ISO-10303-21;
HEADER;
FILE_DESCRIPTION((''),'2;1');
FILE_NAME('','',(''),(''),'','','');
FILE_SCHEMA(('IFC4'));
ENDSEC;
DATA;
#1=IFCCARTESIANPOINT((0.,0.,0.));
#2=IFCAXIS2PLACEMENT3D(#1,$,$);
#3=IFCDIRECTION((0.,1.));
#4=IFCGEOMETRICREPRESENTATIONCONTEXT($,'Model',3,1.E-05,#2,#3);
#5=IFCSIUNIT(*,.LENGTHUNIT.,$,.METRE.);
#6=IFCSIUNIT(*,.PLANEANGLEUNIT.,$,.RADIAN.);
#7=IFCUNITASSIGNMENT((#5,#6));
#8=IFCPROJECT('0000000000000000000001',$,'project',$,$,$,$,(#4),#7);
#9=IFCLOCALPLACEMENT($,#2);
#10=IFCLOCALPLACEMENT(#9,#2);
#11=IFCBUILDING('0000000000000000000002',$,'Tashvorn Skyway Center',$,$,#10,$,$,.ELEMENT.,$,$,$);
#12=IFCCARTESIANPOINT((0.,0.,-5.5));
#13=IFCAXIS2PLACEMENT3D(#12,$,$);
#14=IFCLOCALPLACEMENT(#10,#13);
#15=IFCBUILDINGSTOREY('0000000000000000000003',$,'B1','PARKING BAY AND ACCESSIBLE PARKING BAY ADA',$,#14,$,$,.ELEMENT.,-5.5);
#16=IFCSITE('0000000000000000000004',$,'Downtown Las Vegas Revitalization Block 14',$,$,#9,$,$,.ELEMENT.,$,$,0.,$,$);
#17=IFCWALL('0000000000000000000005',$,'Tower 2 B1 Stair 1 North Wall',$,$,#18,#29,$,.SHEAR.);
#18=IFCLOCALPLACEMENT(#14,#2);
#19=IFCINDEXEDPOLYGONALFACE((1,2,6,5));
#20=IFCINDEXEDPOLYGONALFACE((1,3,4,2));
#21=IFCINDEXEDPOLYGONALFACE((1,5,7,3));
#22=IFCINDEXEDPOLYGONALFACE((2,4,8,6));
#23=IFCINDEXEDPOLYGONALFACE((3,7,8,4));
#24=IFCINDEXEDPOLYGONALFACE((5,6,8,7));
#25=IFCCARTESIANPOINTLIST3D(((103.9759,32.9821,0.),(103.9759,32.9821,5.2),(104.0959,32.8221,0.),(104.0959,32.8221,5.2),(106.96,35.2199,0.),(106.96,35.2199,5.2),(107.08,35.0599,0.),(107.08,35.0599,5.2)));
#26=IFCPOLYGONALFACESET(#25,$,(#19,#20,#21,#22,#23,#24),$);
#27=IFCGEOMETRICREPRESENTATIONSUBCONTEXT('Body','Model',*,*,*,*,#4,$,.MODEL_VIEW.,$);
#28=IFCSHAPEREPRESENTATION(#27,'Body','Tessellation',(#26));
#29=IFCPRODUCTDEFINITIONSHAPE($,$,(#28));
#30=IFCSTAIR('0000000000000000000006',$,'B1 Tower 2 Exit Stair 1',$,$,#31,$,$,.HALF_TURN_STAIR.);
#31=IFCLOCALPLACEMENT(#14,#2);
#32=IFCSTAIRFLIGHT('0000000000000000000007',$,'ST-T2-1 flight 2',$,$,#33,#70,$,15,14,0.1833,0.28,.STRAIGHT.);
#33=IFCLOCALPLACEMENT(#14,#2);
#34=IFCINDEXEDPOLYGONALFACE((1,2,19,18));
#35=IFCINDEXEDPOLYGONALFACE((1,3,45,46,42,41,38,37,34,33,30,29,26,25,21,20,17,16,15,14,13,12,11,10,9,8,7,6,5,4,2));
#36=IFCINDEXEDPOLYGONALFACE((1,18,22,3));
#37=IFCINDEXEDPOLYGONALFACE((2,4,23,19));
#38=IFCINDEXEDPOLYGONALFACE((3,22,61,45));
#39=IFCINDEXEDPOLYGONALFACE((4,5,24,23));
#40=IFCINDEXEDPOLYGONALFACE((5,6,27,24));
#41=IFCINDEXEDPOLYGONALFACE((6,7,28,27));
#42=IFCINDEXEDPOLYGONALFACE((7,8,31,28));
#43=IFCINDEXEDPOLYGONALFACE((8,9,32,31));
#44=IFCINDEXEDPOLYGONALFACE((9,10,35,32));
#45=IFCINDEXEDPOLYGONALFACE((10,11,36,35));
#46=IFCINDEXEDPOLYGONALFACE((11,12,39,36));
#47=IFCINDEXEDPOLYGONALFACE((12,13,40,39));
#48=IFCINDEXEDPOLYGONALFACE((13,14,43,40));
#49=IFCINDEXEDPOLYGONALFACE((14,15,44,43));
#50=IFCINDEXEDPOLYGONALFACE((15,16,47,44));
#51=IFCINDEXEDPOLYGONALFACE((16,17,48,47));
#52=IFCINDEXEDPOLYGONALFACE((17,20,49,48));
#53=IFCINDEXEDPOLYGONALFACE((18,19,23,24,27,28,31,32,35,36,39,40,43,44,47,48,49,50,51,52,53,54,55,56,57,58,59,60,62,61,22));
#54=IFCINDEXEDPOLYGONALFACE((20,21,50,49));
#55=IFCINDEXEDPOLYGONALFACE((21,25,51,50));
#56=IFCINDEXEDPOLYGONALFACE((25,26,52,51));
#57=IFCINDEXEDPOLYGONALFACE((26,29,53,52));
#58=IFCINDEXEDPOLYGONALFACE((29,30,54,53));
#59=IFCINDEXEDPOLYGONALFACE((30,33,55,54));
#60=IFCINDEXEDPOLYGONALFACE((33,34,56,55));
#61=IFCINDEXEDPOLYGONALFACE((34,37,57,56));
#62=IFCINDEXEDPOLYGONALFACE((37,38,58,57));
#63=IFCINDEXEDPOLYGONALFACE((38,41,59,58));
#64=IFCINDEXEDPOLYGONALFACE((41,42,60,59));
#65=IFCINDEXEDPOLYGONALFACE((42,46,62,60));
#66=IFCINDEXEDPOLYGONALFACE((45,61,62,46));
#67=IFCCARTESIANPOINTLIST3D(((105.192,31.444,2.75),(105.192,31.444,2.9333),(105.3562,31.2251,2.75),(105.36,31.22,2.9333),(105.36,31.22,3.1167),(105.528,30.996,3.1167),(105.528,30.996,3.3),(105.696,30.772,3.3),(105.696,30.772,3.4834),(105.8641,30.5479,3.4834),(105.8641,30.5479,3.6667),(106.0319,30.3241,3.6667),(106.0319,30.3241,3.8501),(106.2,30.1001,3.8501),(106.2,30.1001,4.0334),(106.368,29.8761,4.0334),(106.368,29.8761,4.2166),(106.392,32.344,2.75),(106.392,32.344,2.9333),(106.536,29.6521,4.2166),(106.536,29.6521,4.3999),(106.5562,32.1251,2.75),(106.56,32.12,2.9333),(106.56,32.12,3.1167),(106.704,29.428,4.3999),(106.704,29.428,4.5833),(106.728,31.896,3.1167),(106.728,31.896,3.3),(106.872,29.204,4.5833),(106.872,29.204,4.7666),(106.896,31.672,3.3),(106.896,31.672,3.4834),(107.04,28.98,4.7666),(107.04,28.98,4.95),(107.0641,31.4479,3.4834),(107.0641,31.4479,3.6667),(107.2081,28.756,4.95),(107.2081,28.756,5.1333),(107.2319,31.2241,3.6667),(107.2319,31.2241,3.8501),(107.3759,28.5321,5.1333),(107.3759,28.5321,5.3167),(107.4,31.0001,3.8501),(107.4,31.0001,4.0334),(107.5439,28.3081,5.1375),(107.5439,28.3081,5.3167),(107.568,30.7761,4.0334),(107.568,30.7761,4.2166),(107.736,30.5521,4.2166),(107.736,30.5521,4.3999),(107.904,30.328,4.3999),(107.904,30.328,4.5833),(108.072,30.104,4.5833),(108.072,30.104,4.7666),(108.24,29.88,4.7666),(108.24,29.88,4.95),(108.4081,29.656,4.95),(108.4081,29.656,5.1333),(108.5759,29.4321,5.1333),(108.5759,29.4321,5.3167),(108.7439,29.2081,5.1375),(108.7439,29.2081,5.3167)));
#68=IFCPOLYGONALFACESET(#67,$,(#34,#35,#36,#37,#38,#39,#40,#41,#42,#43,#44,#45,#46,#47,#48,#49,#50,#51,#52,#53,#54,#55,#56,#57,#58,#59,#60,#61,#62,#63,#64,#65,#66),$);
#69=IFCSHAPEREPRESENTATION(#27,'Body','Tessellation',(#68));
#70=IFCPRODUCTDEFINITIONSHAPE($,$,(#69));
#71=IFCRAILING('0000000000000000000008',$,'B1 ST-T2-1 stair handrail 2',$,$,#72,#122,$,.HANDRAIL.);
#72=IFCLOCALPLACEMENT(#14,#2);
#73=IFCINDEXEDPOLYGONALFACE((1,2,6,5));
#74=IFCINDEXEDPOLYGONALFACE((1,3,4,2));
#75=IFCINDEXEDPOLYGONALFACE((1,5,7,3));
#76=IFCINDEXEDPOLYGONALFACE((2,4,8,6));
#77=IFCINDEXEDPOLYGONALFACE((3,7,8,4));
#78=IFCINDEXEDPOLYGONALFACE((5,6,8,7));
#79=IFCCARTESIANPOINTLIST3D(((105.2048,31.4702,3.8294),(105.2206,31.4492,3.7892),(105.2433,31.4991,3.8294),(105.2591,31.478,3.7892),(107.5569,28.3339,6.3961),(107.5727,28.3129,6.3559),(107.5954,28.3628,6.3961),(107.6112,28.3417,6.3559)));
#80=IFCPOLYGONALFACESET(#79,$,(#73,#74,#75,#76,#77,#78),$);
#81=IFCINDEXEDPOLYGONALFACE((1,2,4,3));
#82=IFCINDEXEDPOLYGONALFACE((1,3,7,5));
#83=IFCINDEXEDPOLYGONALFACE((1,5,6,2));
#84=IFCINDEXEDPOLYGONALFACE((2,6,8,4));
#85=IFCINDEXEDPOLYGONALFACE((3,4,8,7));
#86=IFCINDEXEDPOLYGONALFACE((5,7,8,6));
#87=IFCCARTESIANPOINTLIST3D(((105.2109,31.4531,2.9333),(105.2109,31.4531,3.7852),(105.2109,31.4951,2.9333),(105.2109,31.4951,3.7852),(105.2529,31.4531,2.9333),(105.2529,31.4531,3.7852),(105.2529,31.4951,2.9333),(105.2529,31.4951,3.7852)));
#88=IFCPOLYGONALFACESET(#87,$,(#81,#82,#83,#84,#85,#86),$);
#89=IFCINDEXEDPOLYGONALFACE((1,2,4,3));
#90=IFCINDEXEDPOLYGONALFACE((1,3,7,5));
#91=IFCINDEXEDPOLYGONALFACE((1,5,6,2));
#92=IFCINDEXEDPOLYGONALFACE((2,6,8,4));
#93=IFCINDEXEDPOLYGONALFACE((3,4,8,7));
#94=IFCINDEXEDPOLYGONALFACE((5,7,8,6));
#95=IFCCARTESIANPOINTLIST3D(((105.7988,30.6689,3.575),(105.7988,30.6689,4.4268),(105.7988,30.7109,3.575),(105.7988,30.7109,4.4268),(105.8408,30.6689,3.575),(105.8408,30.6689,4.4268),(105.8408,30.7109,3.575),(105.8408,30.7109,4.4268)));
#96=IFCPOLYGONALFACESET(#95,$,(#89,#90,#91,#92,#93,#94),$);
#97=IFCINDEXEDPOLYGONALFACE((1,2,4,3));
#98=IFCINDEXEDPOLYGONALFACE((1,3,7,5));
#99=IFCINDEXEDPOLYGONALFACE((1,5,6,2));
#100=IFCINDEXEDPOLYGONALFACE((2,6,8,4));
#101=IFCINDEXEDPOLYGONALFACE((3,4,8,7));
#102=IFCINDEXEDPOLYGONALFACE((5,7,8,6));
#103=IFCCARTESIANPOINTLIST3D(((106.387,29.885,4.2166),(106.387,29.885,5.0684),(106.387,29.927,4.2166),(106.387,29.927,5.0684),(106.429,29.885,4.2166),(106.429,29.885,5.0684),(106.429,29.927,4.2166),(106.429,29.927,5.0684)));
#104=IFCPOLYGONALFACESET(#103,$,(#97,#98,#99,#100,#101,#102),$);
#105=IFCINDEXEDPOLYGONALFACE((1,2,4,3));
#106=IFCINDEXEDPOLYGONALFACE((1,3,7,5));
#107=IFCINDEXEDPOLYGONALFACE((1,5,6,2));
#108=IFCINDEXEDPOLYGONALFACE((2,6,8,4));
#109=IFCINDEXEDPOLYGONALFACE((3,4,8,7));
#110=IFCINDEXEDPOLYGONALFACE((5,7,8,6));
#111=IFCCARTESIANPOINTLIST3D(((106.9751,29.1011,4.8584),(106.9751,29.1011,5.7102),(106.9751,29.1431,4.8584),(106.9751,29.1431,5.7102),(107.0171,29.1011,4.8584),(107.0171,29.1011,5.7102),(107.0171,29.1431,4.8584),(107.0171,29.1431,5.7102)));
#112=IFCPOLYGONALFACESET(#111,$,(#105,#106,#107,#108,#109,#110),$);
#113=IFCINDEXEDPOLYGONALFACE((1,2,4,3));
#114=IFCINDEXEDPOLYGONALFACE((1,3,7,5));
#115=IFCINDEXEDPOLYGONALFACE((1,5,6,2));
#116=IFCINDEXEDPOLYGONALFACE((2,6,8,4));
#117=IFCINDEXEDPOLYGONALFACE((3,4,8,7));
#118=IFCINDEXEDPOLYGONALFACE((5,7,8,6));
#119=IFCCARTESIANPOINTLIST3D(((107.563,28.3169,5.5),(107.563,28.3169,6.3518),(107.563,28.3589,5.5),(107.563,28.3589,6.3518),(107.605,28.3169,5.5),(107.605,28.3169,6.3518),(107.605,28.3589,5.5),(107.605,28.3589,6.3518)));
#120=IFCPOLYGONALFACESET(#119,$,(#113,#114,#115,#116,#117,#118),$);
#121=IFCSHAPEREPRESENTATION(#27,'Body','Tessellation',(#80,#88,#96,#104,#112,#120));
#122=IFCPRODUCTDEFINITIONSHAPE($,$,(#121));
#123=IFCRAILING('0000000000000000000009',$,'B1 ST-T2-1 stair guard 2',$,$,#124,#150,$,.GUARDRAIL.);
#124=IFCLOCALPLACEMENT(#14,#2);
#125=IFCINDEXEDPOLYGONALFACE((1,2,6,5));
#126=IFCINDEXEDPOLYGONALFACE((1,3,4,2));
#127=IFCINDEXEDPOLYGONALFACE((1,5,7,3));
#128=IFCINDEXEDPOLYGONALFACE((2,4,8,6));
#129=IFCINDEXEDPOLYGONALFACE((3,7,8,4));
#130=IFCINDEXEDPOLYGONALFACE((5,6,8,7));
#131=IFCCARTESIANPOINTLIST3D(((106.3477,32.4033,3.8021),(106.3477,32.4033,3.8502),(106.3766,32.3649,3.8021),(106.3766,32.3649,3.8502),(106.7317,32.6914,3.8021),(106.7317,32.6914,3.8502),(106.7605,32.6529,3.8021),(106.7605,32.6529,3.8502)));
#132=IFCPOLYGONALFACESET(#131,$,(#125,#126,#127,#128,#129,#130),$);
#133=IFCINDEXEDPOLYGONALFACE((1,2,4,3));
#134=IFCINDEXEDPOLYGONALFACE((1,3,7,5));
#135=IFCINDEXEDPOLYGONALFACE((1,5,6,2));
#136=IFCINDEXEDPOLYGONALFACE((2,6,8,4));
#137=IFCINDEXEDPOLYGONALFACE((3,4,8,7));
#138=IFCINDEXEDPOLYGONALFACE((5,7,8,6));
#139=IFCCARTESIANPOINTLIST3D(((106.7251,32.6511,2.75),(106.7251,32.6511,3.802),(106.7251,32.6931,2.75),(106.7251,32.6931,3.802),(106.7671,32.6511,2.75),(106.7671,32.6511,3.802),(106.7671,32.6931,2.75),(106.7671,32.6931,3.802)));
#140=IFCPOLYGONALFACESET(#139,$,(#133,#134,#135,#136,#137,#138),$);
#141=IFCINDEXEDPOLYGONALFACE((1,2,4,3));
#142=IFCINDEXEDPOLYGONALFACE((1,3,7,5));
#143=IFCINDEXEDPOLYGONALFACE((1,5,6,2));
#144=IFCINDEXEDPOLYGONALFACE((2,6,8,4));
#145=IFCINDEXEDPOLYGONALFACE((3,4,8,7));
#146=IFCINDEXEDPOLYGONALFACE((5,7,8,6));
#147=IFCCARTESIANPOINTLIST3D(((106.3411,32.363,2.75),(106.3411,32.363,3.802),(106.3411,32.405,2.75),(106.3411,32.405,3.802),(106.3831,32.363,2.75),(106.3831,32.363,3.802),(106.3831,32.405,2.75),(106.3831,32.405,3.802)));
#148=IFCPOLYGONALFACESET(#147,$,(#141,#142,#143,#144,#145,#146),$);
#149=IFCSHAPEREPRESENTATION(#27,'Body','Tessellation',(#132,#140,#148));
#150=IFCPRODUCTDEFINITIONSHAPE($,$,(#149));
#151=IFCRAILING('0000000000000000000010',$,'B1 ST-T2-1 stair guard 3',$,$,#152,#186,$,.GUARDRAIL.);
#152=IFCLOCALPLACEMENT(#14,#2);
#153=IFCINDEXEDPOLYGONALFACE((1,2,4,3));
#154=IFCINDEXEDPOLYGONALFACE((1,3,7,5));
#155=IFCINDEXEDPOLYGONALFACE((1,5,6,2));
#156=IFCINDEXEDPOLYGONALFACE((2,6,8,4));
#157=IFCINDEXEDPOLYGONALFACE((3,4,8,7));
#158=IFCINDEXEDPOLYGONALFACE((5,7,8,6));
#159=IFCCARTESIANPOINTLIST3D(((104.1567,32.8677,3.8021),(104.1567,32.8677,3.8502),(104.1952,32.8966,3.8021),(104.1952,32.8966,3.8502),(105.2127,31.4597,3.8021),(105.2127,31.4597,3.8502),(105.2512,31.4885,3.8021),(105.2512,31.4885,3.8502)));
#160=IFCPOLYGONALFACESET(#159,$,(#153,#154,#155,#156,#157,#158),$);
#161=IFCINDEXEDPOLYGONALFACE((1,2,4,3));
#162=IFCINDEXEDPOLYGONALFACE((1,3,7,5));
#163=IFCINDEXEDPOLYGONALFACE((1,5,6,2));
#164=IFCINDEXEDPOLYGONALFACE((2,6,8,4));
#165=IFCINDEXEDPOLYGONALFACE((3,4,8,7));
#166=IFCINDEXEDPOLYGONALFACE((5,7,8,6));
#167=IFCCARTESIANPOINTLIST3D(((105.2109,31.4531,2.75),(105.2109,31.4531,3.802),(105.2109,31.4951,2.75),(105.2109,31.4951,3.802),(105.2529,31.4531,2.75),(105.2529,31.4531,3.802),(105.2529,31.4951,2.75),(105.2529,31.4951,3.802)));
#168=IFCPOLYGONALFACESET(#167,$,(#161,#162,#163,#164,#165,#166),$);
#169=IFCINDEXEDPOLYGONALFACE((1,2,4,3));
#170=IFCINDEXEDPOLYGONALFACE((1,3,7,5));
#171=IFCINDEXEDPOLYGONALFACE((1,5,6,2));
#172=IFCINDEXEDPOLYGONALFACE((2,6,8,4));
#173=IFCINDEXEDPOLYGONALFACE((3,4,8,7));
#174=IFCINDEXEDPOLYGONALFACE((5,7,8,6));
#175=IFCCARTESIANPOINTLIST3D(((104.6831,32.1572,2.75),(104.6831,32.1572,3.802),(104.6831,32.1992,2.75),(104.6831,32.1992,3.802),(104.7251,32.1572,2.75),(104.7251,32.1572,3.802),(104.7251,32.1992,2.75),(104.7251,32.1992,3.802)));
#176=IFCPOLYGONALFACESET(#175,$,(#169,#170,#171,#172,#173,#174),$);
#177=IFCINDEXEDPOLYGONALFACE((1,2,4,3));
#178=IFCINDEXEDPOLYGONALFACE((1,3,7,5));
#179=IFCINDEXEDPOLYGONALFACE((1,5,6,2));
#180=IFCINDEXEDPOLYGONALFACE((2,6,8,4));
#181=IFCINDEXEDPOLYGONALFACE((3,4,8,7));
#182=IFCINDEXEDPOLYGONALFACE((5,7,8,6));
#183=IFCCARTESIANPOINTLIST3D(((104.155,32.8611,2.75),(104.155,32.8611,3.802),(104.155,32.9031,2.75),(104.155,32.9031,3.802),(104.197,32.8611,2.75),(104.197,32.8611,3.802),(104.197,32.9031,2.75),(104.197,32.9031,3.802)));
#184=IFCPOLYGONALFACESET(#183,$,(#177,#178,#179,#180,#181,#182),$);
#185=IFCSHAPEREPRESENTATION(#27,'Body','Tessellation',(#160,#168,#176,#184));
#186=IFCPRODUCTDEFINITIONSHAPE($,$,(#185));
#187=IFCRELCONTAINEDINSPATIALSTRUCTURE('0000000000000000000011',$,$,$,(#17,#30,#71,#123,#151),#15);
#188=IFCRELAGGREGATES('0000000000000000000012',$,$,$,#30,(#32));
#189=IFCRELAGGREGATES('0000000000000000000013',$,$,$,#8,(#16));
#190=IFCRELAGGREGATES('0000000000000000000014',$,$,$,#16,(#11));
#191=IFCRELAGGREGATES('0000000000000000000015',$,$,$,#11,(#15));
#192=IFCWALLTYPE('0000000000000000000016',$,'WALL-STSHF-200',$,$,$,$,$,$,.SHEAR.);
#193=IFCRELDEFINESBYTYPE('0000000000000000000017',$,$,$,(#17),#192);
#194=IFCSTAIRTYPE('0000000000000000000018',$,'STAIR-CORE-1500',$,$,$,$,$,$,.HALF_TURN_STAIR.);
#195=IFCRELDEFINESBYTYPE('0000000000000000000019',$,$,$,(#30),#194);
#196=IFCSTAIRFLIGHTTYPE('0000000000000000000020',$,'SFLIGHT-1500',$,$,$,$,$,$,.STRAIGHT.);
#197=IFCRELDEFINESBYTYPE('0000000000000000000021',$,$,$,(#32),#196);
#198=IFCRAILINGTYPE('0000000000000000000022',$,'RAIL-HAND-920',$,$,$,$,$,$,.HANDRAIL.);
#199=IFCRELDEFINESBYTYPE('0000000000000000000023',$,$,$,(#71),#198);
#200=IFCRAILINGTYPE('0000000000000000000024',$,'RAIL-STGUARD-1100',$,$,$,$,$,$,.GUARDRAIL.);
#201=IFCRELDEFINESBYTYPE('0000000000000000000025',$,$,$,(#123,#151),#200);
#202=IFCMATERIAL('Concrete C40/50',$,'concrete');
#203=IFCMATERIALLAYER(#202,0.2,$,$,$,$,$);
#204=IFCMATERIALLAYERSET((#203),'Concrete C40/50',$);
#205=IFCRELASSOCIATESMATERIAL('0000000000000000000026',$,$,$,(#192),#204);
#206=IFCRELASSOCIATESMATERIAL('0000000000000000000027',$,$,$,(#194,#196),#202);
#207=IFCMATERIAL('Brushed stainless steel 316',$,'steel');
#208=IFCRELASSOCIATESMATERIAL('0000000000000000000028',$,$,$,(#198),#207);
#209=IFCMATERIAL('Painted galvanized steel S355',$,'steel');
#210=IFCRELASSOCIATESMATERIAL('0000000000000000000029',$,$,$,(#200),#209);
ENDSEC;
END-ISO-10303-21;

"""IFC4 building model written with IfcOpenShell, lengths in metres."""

from ifc_helpers import new_model, si_unit, direction, frame, frame_2d, origin, origin_2d, place, context, subcontext, project, spatial, polyline, rectangle, outline, extrude, material, layer, layer_set, type_object, element, aggregate, save


model = new_model("IFC4")

# Units and contexts
model_context = context("Model", 3, precision=1e-05, world=origin(), true_north=direction((0.0, 1.0)))
body_context = subcontext(model_context, "Body", "Model", "MODEL_VIEW")
ifc_project = project(units=[si_unit("LENGTHUNIT", "METRE"), si_unit("PLANEANGLEUNIT", "RADIAN")], contexts=[model_context])

# Site, building, storey
site_placement = place(None, origin())
site = spatial("IfcSite", under=ifc_project, at=site_placement, Name="Downtown Las Vegas Revitalization Block 14", CompositionType="ELEMENT", RefElevation=0.0)
building_placement = place(site_placement, origin())
building = spatial("IfcBuilding", under=site, at=building_placement, Name="Tashvorn Skyway Center", CompositionType="ELEMENT")
storey_placement = place(building_placement, frame((0.0, 0.0, -5.5)))
storey = spatial("IfcBuildingStorey", under=building, at=storey_placement, Name="B1", Description="PARKING BAY AND ACCESSIBLE PARKING BAY ADA", CompositionType="ELEMENT", Elevation=-5.5)

# Wall
ifc_material_1 = material(Name="Concrete C40/50", Category="concrete")
ifc_layer_1 = layer(ifc_material_1, 0.2)
ifc_layer_set_1 = layer_set([ifc_layer_1], Name="Concrete C40/50")
wall_type_1 = type_object("IfcWallType", Name="WALL-STSHF-200", PredefinedType="SHEAR", material=ifc_layer_set_1)
wall_1_placement = place(storey_placement, frame((104.0359, 32.9021, 0.0), z_axis=(0.0, 0.0, 1.0), x_axis=(0.800039, 0.599948, 0.0)))
element("IfcWall", 1, at=wall_1_placement, inside=storey, type_object=wall_type_1, Name="Tower 2 B1 Stair 1 North Wall", PredefinedType="SHEAR", context=body_context, shape_type="SweptSolid", body=[
    extrude(rectangle(XDim=3.73, YDim=0.2, at=frame_2d((1.865, 0.0))), origin(), (0.0, 0.0, 1.0), 5.2),
])

# Stair, stair flight
stair_type = type_object("IfcStairType", Name="STAIR-CORE-1500", PredefinedType="HALF_TURN_STAIR", material=ifc_material_1)
stair_placement = place(storey_placement, origin())
stair = element("IfcStair", 2, at=stair_placement, inside=storey, type_object=stair_type, Name="B1 Tower 2 Exit Stair 1", PredefinedType="HALF_TURN_STAIR")
stair_flight_type = type_object("IfcStairFlightType", Name="SFLIGHT-1500", PredefinedType="STRAIGHT", material=ifc_material_1)
stair_flight_placement = place(storey_placement, frame((105.792, 31.894, 2.75), z_axis=(0.0, 0.0, 1.0), x_axis=(0.6, -0.8, 0.0)))
stair_flight = element("IfcStairFlight", 3, at=stair_flight_placement, type_object=stair_flight_type, Name="ST-T2-1 flight 2", NumberOfRisers=15, NumberOfTreads=14, PredefinedType="STRAIGHT", RiserHeight=0.1833, TreadLength=0.28, context=body_context, shape_type="SweptSolid", body=[
    extrude(outline(polyline([(0.0, 0.0), (0.0, 0.1833), (0.28, 0.1833), (0.28, 0.3667), (0.5601, 0.3667), (0.5601, 0.55), (0.8401, 0.55), (0.8401, 0.7334), (1.1201, 0.7334), (1.1201, 0.9167), (1.3999, 0.9167), (1.3999, 1.1001), (1.6799, 1.1001), (1.6799, 1.2834), (1.96, 1.2834), (1.96, 1.4666), (2.24, 1.4666), (2.24, 1.6499), (2.52, 1.6499), (2.52, 1.8333), (2.8, 1.8333), (2.8, 2.0166), (3.0801, 2.0166), (3.0801, 2.2), (3.3601, 2.2), (3.3601, 2.3833), (3.6399, 2.3833), (3.6399, 2.5667), (3.9199, 2.5667), (3.9199, 2.75), (3.9199, 2.3875), (0.2737, 0.0), (0.0, 0.0)])), frame((0.0, 0.75, 0.0), z_axis=(0.0, -1.0, 0.0), x_axis=(1.0, 0.0, 0.0)), (0.0, 0.0, 1.0), 1.5),
])
aggregate(stair, [stair_flight])

# Railings
ifc_material_2 = material(Name="Brushed stainless steel 316", Category="steel")
railing_type_1 = type_object("IfcRailingType", Name="RAIL-HAND-920", PredefinedType="HANDRAIL", material=ifc_material_2)
railing_1_placement = place(storey_placement, frame((105.2319, 31.4741, 2.9333)))
element("IfcRailing", 4, at=railing_1_placement, inside=storey, type_object=railing_type_1, Name="B1 ST-T2-1 stair handrail 2", PredefinedType="HANDRAIL", context=body_context, shape_type="SweptSolid", body=[
    extrude(rectangle(XDim=0.0481, YDim=0.0481, at=origin_2d()), frame((0.0, 0.0, 0.876), z_axis=(0.501964, -0.66932, 0.547762), x_axis=(0.800015, 0.59998, 0.0)), (0.0, 0.0, 1.0), 4.6858),
    extrude(rectangle(XDim=0.042, YDim=0.042, at=origin_2d()), origin(), (0.0, 0.0, 1.0), 0.8518),
    extrude(rectangle(XDim=0.042, YDim=0.042, at=origin_2d()), frame((0.5879, -0.7842, 0.6416)), (0.0, 0.0, 1.0), 0.8518),
    extrude(rectangle(XDim=0.042, YDim=0.042, at=origin_2d()), frame((1.176, -1.5681, 1.2832)), (0.0, 0.0, 1.0), 0.8518),
    extrude(rectangle(XDim=0.042, YDim=0.042, at=origin_2d()), frame((1.7642, -2.3521, 1.925)), (0.0, 0.0, 1.0), 0.8518),
    extrude(rectangle(XDim=0.042, YDim=0.042, at=origin_2d()), frame((2.3521, -3.1362, 2.5667)), (0.0, 0.0, 1.0), 0.8518),
])
ifc_material_3 = material(Name="Painted galvanized steel S355", Category="steel")
railing_type_2 = type_object("IfcRailingType", Name="RAIL-STGUARD-1100", PredefinedType="GUARDRAIL", material=ifc_material_3)
railing_2_placement = place(storey_placement, frame((106.7461, 32.6721, 2.75)))
element("IfcRailing", 5, at=railing_2_placement, inside=storey, type_object=railing_type_2, Name="B1 ST-T2-1 stair guard 2", PredefinedType="GUARDRAIL", context=body_context, shape_type="SweptSolid", body=[
    extrude(rectangle(XDim=0.0481, YDim=0.0481, at=origin_2d()), frame((0.0, 0.0, 1.0762), z_axis=(-0.799939, -0.600081, 0.0), x_axis=(0.600081, -0.799939, 0.0)), (0.0, 0.0, 1.0), 0.48),
    extrude(rectangle(XDim=0.042, YDim=0.042, at=origin_2d()), origin(), (0.0, 0.0, 1.0), 1.052),
    extrude(rectangle(XDim=0.042, YDim=0.042, at=origin_2d()), frame((-0.384, -0.2881, 0.0)), (0.0, 0.0, 1.0), 1.052),
])
railing_3_placement = place(storey_placement, frame((105.2319, 31.4741, 2.75)))
element("IfcRailing", 6, at=railing_3_placement, inside=storey, type_object=railing_type_2, Name="B1 ST-T2-1 stair guard 3", PredefinedType="GUARDRAIL", context=body_context, shape_type="SweptSolid", body=[
    extrude(rectangle(XDim=0.0481, YDim=0.0481, at=origin_2d()), frame((0.0, 0.0, 1.0762), z_axis=(-0.599978, 0.800017, 0.0), x_axis=(-0.800017, -0.599978, 0.0)), (0.0, 0.0, 1.0), 1.76),
    extrude(rectangle(XDim=0.042, YDim=0.042, at=origin_2d()), origin(), (0.0, 0.0, 1.0), 1.052),
    extrude(rectangle(XDim=0.042, YDim=0.042, at=origin_2d()), frame((-0.5278, 0.7041, 0.0)), (0.0, 0.0, 1.0), 1.052),
    extrude(rectangle(XDim=0.042, YDim=0.042, at=origin_2d()), frame((-1.0559, 1.408, 0.0)), (0.0, 0.0, 1.0), 1.052),
])

save(model, "model.ifc")
